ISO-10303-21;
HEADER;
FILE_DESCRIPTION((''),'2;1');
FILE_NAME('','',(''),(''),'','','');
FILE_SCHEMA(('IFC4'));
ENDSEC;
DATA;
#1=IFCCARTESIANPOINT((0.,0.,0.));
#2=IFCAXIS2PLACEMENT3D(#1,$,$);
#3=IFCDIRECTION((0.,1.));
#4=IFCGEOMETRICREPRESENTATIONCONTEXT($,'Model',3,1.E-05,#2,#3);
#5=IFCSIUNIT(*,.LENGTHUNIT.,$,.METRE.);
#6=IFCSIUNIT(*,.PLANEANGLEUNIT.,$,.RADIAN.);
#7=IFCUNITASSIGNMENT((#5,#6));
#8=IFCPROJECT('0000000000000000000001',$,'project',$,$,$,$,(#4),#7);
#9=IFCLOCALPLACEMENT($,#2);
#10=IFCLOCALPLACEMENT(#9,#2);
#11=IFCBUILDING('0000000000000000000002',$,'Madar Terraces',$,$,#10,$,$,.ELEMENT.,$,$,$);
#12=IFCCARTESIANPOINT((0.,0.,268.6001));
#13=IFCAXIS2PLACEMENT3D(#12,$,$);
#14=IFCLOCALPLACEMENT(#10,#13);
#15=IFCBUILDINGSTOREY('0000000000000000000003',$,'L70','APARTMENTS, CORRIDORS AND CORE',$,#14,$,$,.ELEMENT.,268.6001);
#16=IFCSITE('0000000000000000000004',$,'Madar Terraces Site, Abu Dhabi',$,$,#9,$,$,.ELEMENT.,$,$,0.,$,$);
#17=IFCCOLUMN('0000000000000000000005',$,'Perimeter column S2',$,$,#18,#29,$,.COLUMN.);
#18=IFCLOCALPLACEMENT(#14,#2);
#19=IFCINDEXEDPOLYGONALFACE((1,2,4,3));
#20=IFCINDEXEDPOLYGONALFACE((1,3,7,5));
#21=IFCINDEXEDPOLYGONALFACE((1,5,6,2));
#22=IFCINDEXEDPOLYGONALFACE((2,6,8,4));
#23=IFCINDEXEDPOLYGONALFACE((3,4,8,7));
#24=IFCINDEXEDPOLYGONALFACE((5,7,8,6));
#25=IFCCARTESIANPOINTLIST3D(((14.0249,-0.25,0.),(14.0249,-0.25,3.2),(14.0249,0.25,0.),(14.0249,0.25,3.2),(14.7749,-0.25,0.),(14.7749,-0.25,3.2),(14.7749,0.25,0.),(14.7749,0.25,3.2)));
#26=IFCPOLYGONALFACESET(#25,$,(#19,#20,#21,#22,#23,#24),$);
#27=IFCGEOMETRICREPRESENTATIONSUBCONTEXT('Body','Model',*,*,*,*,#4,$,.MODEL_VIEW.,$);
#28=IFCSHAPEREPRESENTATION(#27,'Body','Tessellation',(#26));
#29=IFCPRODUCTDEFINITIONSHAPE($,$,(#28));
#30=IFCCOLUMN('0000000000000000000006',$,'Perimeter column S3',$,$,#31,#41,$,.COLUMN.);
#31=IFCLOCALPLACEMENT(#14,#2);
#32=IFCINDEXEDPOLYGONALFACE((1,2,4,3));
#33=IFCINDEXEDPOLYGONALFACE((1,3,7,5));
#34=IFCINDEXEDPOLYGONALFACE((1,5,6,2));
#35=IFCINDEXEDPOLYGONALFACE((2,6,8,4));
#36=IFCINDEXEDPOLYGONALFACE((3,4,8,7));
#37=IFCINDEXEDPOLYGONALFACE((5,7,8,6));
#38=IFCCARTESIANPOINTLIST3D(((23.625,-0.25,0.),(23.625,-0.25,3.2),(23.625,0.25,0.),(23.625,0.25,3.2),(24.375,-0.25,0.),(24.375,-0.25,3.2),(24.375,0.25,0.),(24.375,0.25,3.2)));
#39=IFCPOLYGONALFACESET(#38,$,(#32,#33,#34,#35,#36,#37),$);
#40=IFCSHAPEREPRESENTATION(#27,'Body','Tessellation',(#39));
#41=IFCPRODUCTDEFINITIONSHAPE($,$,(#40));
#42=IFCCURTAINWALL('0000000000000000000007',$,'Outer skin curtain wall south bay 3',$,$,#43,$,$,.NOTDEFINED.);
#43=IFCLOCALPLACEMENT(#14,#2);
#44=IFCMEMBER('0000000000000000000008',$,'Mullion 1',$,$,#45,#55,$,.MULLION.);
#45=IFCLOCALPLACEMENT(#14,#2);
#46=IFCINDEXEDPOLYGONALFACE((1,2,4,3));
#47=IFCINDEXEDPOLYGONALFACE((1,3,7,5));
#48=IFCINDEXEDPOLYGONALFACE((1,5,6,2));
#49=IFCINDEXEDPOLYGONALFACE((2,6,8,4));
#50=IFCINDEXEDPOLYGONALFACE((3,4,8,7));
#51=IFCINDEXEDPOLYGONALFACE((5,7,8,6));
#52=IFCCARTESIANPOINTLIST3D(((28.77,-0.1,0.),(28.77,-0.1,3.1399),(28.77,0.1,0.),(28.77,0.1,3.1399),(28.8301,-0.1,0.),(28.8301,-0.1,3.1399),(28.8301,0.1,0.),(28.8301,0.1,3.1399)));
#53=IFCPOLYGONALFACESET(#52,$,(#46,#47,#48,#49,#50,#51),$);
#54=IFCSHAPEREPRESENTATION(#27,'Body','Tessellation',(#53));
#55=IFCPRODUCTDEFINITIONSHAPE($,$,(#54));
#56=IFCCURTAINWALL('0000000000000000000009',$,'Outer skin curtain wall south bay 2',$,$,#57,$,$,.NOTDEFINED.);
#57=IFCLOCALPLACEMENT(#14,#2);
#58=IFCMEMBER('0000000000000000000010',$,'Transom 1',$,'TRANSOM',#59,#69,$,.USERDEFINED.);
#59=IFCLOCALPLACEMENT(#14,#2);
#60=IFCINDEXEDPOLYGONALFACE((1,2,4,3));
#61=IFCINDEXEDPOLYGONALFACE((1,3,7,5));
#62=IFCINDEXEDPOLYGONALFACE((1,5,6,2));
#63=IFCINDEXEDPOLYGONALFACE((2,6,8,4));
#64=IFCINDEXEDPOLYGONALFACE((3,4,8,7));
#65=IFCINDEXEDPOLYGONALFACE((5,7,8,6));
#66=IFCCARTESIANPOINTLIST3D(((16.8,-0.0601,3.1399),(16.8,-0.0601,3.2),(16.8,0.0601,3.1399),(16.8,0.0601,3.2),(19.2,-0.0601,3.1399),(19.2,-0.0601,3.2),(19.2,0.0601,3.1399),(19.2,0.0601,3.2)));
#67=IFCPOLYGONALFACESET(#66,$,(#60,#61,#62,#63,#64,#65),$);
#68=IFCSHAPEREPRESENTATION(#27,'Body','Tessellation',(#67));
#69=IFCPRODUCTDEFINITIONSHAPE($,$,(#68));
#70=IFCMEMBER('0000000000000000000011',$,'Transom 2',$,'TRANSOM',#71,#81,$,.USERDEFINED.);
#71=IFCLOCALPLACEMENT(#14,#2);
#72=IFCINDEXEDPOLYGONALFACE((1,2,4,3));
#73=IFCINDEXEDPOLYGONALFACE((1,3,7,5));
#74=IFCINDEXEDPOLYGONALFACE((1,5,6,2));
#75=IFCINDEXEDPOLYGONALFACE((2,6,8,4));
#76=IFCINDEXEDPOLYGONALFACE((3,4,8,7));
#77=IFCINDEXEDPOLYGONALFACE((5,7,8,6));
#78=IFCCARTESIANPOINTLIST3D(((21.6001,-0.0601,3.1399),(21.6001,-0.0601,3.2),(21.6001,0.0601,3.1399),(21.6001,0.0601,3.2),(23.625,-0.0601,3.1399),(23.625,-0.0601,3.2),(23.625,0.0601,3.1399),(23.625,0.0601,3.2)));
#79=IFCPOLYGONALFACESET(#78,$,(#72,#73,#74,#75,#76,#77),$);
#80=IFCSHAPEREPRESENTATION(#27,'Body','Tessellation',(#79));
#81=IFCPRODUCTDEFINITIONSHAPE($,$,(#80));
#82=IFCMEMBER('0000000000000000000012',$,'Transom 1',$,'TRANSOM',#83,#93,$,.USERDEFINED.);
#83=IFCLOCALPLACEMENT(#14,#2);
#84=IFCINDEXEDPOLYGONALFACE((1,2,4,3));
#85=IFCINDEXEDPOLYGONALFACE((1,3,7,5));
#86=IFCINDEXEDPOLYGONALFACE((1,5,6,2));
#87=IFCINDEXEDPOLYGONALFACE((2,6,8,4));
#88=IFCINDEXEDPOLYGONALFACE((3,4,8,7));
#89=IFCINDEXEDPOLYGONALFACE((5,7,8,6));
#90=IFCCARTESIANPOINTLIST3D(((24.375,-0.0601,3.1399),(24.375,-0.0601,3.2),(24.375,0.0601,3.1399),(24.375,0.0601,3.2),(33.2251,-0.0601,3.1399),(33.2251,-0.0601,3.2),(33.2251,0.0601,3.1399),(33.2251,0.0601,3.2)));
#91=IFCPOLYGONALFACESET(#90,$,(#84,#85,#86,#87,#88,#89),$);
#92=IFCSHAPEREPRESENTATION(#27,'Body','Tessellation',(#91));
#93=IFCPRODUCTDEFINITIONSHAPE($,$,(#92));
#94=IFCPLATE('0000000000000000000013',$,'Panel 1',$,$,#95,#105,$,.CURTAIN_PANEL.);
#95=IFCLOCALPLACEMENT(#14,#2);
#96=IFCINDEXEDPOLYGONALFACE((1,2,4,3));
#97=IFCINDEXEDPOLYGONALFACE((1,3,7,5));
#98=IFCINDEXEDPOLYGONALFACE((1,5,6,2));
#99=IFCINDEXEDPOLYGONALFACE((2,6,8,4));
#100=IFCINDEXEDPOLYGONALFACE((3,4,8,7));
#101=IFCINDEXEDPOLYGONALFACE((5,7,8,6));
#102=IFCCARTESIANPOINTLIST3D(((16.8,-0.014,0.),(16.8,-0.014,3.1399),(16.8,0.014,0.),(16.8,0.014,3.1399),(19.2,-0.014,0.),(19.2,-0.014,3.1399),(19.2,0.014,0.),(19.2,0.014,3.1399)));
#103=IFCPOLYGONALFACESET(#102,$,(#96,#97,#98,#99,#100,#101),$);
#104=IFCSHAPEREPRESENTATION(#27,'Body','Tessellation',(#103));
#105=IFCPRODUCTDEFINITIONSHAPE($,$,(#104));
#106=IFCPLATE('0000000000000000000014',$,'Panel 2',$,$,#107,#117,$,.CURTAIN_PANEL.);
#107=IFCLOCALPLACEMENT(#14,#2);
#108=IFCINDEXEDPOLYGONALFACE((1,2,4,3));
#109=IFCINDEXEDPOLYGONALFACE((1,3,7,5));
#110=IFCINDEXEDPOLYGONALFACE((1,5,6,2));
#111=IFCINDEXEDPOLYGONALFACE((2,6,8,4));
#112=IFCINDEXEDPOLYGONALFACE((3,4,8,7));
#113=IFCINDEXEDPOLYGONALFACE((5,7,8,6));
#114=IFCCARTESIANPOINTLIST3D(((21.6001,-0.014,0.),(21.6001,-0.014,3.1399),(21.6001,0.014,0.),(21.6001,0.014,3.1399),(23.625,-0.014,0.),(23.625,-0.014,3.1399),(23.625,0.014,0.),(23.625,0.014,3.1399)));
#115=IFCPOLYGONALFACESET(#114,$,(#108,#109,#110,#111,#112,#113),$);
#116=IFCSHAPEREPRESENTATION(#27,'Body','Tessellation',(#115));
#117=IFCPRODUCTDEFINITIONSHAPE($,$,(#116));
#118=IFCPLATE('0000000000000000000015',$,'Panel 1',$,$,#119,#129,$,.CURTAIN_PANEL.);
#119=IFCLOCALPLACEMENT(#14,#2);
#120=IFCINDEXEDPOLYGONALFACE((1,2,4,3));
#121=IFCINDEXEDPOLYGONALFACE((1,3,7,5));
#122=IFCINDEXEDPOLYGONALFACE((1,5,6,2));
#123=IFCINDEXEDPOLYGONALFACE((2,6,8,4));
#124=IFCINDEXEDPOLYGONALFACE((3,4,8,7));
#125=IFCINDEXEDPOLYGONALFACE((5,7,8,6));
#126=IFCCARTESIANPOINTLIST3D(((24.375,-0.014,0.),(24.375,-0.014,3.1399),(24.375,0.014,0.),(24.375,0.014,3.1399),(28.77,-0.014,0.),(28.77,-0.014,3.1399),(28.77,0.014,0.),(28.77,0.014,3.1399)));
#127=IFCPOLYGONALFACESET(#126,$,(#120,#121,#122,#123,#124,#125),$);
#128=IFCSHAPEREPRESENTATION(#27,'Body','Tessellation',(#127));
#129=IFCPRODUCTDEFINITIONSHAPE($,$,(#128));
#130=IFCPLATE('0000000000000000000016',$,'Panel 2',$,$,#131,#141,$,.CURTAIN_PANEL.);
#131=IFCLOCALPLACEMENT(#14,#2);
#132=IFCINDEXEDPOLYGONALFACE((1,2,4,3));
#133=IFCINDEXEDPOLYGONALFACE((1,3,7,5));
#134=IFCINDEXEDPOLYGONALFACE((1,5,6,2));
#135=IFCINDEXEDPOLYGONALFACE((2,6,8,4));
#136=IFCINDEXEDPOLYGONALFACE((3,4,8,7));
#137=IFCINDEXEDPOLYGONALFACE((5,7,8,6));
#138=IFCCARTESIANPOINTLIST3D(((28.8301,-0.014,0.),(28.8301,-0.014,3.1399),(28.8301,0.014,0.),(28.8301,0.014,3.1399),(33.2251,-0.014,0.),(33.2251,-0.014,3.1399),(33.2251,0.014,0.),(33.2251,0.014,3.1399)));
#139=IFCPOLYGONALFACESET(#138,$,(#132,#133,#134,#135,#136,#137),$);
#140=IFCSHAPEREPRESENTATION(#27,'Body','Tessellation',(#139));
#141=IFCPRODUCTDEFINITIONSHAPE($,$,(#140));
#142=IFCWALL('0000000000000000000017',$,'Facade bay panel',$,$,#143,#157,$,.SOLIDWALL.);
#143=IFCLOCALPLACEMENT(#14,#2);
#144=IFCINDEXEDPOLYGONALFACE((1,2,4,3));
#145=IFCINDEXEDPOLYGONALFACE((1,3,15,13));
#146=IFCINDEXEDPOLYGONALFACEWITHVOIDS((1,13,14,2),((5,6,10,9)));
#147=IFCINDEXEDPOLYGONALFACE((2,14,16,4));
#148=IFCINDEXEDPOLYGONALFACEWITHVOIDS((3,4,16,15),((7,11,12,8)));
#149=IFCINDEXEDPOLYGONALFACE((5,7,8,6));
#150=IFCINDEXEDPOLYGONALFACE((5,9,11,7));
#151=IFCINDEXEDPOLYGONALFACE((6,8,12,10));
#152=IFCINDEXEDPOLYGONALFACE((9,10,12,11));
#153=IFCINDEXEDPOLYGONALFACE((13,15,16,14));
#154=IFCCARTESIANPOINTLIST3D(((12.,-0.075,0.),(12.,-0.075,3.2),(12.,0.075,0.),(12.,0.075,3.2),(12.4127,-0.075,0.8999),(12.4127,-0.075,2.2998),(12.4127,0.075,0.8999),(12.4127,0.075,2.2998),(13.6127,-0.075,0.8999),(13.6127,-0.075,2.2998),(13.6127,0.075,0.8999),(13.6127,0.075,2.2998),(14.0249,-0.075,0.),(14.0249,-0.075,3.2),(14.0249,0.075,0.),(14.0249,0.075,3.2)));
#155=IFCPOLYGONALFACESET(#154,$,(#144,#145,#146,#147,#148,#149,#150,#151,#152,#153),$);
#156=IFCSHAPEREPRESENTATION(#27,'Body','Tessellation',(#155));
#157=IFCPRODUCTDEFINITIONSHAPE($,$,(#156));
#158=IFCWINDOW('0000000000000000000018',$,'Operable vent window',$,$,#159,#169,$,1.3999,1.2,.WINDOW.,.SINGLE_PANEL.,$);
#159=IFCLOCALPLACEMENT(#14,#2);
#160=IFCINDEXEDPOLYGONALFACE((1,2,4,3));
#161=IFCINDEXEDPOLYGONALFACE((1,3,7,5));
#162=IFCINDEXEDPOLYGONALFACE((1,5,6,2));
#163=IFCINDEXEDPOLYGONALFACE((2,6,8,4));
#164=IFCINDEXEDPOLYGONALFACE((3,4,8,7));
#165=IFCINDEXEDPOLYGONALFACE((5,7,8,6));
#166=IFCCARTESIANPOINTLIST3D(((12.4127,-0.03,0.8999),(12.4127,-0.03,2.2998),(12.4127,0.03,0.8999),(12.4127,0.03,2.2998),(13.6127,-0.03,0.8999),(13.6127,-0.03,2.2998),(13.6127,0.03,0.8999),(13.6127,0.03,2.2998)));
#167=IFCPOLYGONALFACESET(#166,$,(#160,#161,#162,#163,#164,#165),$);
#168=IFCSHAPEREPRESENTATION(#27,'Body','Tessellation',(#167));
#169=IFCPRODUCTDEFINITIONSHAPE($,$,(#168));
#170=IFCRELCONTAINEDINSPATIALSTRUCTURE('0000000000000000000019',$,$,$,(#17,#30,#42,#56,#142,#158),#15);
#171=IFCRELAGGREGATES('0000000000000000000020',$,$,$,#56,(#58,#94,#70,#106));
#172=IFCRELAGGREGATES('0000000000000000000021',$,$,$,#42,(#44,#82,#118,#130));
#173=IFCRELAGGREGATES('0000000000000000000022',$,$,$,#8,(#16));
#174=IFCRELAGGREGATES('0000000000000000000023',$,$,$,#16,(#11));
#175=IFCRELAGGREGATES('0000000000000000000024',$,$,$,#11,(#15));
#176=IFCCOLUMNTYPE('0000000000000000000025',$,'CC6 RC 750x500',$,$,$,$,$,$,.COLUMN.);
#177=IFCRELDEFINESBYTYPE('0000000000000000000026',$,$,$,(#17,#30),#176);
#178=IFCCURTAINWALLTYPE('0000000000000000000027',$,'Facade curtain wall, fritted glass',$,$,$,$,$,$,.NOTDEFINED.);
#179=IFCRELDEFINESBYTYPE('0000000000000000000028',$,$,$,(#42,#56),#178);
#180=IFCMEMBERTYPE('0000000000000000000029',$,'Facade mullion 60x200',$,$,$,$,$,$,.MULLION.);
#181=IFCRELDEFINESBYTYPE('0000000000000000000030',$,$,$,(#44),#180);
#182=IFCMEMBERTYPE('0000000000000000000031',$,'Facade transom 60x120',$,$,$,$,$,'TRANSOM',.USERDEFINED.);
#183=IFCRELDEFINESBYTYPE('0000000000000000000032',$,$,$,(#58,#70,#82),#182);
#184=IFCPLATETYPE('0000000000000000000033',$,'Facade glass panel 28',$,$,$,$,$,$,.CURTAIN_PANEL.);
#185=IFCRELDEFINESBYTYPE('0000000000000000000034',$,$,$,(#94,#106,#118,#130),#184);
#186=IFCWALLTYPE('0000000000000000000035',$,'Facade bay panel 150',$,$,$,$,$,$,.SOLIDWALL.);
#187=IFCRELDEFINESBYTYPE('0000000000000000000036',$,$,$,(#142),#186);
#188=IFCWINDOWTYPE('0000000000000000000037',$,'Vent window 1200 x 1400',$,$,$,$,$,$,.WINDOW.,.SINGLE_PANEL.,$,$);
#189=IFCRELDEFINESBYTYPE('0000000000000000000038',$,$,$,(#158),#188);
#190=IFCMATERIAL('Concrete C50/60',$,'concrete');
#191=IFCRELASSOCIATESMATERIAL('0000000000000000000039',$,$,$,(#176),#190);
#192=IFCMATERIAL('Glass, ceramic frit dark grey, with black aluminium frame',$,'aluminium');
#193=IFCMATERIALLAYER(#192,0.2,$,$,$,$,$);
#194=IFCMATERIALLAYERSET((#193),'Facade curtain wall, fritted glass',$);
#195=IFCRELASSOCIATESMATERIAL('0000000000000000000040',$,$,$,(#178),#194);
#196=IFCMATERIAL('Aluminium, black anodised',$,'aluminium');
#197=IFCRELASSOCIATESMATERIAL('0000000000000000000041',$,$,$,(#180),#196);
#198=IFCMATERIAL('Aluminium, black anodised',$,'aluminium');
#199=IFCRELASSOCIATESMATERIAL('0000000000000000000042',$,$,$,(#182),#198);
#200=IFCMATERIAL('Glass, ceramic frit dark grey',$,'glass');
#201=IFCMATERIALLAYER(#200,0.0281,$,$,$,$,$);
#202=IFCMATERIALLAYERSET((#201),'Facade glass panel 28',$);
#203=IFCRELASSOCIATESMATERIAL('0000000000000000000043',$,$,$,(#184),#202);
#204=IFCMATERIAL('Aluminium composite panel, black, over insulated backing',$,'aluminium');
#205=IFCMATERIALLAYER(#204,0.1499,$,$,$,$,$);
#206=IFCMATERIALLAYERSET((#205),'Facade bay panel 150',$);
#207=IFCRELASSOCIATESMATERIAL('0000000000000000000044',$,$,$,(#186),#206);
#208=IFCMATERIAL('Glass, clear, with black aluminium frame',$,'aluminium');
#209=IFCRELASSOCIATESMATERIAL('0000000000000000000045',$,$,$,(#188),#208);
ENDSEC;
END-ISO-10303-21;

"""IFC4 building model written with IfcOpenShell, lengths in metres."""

from ifc_helpers import new_model, si_unit, direction, frame, frame_2d, origin, origin_2d, place, context, subcontext, project, spatial, rectangle, extrude, material, layer, layer_set, material_profile, profile_set, type_object, element, fill, aggregate, save


model = new_model("IFC4")

# Units and contexts
model_context = context("Model", 3, precision=1e-05, world=origin(), true_north=direction((0.0, 1.0)))
body_context = subcontext(model_context, "Body", "Model", "MODEL_VIEW")
ifc_project = project(units=[si_unit("LENGTHUNIT", "METRE"), si_unit("PLANEANGLEUNIT", "RADIAN")], contexts=[model_context])

# Site, building, storey
site_placement = place(None, origin())
site = spatial("IfcSite", under=ifc_project, at=site_placement, Name="Madar Terraces Site, Abu Dhabi", CompositionType="ELEMENT", RefElevation=0.0)
building_placement = place(site_placement, origin())
building = spatial("IfcBuilding", under=site, at=building_placement, Name="Madar Terraces", CompositionType="ELEMENT")
storey_placement = place(building_placement, frame((0.0, 0.0, 268.6001)))
storey = spatial("IfcBuildingStorey", under=building, at=storey_placement, Name="L70", Description="APARTMENTS, CORRIDORS AND CORE", CompositionType="ELEMENT", Elevation=268.6001)

# Columns
ifc_material_1 = material(Name="Concrete C50/60", Category="concrete")
ifc_material_profile_1 = material_profile(ifc_material_1, rectangle(XDim=0.75, YDim=0.5, at=origin_2d()), Name="CC6 RC 750x500")
ifc_profile_set_1 = profile_set([ifc_material_profile_1], Name="Concrete C50/60")
column_type = type_object("IfcColumnType", Name="CC6 RC 750x500", PredefinedType="COLUMN", material=ifc_profile_set_1)
for number, where, z_axis, x_axis, name in (
    (1, (14.3999, 0.0, 0.0), (0.0, 0.0, 1.0), (1.0, 0.0, 0.0), "Perimeter column S2"),
    (2, (24.0, 0.0, 0.0), (0.0, 0.0, 1.0), (1.0, 0.0, 0.0), "Perimeter column S3"),
):
    element("IfcColumn", number, at=place(storey_placement, frame(where, z_axis=z_axis, x_axis=x_axis)), inside=storey, type_object=column_type, Name=name, PredefinedType="COLUMN", context=body_context, shape_type="SweptSolid", body=[
        extrude(rectangle(XDim=0.75, YDim=0.5, at=origin_2d()), origin(), (0.0, 0.0, 1.0), 3.2),
    ])

# Curtain wall, member
ifc_material_2 = material(Name="Glass, ceramic frit dark grey, with black aluminium frame", Category="aluminium")
ifc_layer_1 = layer(ifc_material_2, 0.2)
ifc_layer_set_1 = layer_set([ifc_layer_1], Name="Facade curtain wall, fritted glass")
curtain_wall_type = type_object("IfcCurtainWallType", Name="Facade curtain wall, fritted glass", PredefinedType="NOTDEFINED", material=ifc_layer_set_1)
curtain_wall_1_placement = place(storey_placement, origin())
curtain_wall_1 = element("IfcCurtainWall", 3, at=curtain_wall_1_placement, inside=storey, type_object=curtain_wall_type, Name="Outer skin curtain wall south bay 3", PredefinedType="NOTDEFINED")
ifc_material_3 = material(Name="Aluminium, black anodised", Category="aluminium")
ifc_material_profile_2 = material_profile(ifc_material_3, rectangle(XDim=0.2, YDim=0.0601, at=origin_2d()), Name="Facade mullion 60x200")
ifc_profile_set_2 = profile_set([ifc_material_profile_2], Name="Aluminium, black anodised")
member_type_1 = type_object("IfcMemberType", Name="Facade mullion 60x200", PredefinedType="MULLION", material=ifc_profile_set_2)
member_1_placement = place(storey_placement, frame((28.8, 0.0, 0.0), z_axis=(0.0, 0.0, 1.0), x_axis=(0.0, 1.0, 0.0)))
member_1 = element("IfcMember", 4, at=member_1_placement, type_object=member_type_1, Name="Mullion 1", PredefinedType="MULLION", context=body_context, shape_type="SweptSolid", body=[
    extrude(rectangle(XDim=0.2, YDim=0.0601, at=origin_2d()), origin(), (0.0, 0.0, 1.0), 3.1399),
])

# Curtain wall, members
curtain_wall_2_placement = place(storey_placement, origin())
curtain_wall_2 = element("IfcCurtainWall", 5, at=curtain_wall_2_placement, inside=storey, type_object=curtain_wall_type, Name="Outer skin curtain wall south bay 2", PredefinedType="NOTDEFINED")
ifc_material_4 = material(Name="Aluminium, black anodised", Category="aluminium")
ifc_material_profile_3 = material_profile(ifc_material_4, rectangle(XDim=0.1201, YDim=0.0601, at=origin_2d()), Name="Facade transom 60x120")
ifc_profile_set_3 = profile_set([ifc_material_profile_3], Name="Aluminium, black anodised")
member_type_2 = type_object("IfcMemberType", Name="Facade transom 60x120", ElementType="TRANSOM", PredefinedType="USERDEFINED", material=ifc_profile_set_3)
member_2_placement = place(storey_placement, frame((16.8, 0.0, 3.1699), z_axis=(1.0, 0.0, 0.0), x_axis=(0.0, 1.0, 0.0)))
member_2 = element("IfcMember", 6, at=member_2_placement, type_object=member_type_2, Name="Transom 1", ObjectType="TRANSOM", PredefinedType="USERDEFINED", context=body_context, shape_type="SweptSolid", body=[
    extrude(rectangle(XDim=0.1201, YDim=0.0601, at=origin_2d()), origin(), (0.0, 0.0, 1.0), 2.3999),
])
member_3_placement = place(storey_placement, frame((21.6001, 0.0, 3.1699), z_axis=(1.0, 0.0, 0.0), x_axis=(0.0, 1.0, 0.0)))
member_3 = element("IfcMember", 7, at=member_3_placement, type_object=member_type_2, Name="Transom 2", ObjectType="TRANSOM", PredefinedType="USERDEFINED", context=body_context, shape_type="SweptSolid", body=[
    extrude(rectangle(XDim=0.1201, YDim=0.0601, at=origin_2d()), origin(), (0.0, 0.0, 1.0), 2.0249),
])

# Member
member_4_placement = place(storey_placement, frame((24.375, 0.0, 3.1699), z_axis=(1.0, 0.0, 0.0), x_axis=(0.0, 1.0, 0.0)))
member_4 = element("IfcMember", 8, at=member_4_placement, type_object=member_type_2, Name="Transom 1", ObjectType="TRANSOM", PredefinedType="USERDEFINED", context=body_context, shape_type="SweptSolid", body=[
    extrude(rectangle(XDim=0.1201, YDim=0.0601, at=origin_2d()), origin(), (0.0, 0.0, 1.0), 8.8501),
])

# Plates
ifc_material_5 = material(Name="Glass, ceramic frit dark grey", Category="glass")
ifc_layer_2 = layer(ifc_material_5, 0.0281)
ifc_layer_set_2 = layer_set([ifc_layer_2], Name="Facade glass panel 28")
plate_type = type_object("IfcPlateType", Name="Facade glass panel 28", PredefinedType="CURTAIN_PANEL", material=ifc_layer_set_2)
plate_1_placement = place(storey_placement, frame((18.0, 0.0, 0.0), z_axis=(0.0, 0.0, 1.0), x_axis=(1.0, 0.0, 0.0)))
plate_1 = element("IfcPlate", 9, at=plate_1_placement, type_object=plate_type, Name="Panel 1", PredefinedType="CURTAIN_PANEL", context=body_context, shape_type="SweptSolid", body=[
    extrude(rectangle(XDim=2.3999, YDim=0.0281, at=origin_2d()), origin(), (0.0, 0.0, 1.0), 3.1399),
])
plate_2_placement = place(storey_placement, frame((22.6125, 0.0, 0.0), z_axis=(0.0, 0.0, 1.0), x_axis=(1.0, 0.0, 0.0)))
plate_2 = element("IfcPlate", 10, at=plate_2_placement, type_object=plate_type, Name="Panel 2", PredefinedType="CURTAIN_PANEL", context=body_context, shape_type="SweptSolid", body=[
    extrude(rectangle(XDim=2.0249, YDim=0.0281, at=origin_2d()), origin(), (0.0, 0.0, 1.0), 3.1399),
])
aggregate(curtain_wall_2, [member_2, plate_1, member_3, plate_2])
plate_3_placement = place(storey_placement, frame((26.5725, 0.0, 0.0), z_axis=(0.0, 0.0, 1.0), x_axis=(1.0, 0.0, 0.0)))
plate_3 = element("IfcPlate", 11, at=plate_3_placement, type_object=plate_type, Name="Panel 1", PredefinedType="CURTAIN_PANEL", context=body_context, shape_type="SweptSolid", body=[
    extrude(rectangle(XDim=4.395, YDim=0.0281, at=origin_2d()), origin(), (0.0, 0.0, 1.0), 3.1399),
])
plate_4_placement = place(storey_placement, frame((31.0276, 0.0, 0.0), z_axis=(0.0, 0.0, 1.0), x_axis=(1.0, 0.0, 0.0)))
plate_4 = element("IfcPlate", 12, at=plate_4_placement, type_object=plate_type, Name="Panel 2", PredefinedType="CURTAIN_PANEL", context=body_context, shape_type="SweptSolid", body=[
    extrude(rectangle(XDim=4.395, YDim=0.0281, at=origin_2d()), origin(), (0.0, 0.0, 1.0), 3.1399),
])
aggregate(curtain_wall_1, [member_1, member_4, plate_3, plate_4])

# Wall, opening, window
ifc_material_6 = material(Name="Aluminium composite panel, black, over insulated backing", Category="aluminium")
ifc_layer_3 = layer(ifc_material_6, 0.1499)
ifc_layer_set_3 = layer_set([ifc_layer_3], Name="Facade bay panel 150")
wall_type_1 = type_object("IfcWallType", Name="Facade bay panel 150", PredefinedType="SOLIDWALL", material=ifc_layer_set_3)
wall_1_placement = place(storey_placement, frame((12.0, 0.0, 0.0), z_axis=(0.0, 0.0, 1.0), x_axis=(1.0, 0.0, 0.0)))
wall_1 = element("IfcWall", 13, at=wall_1_placement, inside=storey, type_object=wall_type_1, Name="Facade bay panel", PredefinedType="SOLIDWALL", context=body_context, shape_type="SweptSolid", body=[
    extrude(rectangle(XDim=2.0249, YDim=0.1499, at=frame_2d((1.0125, 0.0))), origin(), (0.0, 0.0, 1.0), 3.2),
])
opening_1_placement = place(wall_1_placement, frame((0.4126, 0.0, 0.8999)))
opening_1 = element("IfcOpeningElement", 14, at=opening_1_placement, cuts=wall_1, PredefinedType="OPENING", context=body_context, shape_type="SweptSolid", body=[
    extrude(rectangle(XDim=1.2, YDim=1.3999, at=frame_2d((0.6001, 0.7))), frame((0.0, 0.085, 0.0), z_axis=(0.0, -1.0, 0.0), x_axis=(1.0, 0.0, 0.0)), (0.0, 0.0, 1.0), 0.1699),
])
ifc_material_7 = material(Name="Glass, clear, with black aluminium frame", Category="aluminium")
window_type = type_object("IfcWindowType", Name="Vent window 1200 x 1400", PartitioningType="SINGLE_PANEL", PredefinedType="WINDOW", material=ifc_material_7)
window_1_placement = place(opening_1_placement, origin())
window_1 = element("IfcWindow", 15, at=window_1_placement, inside=storey, type_object=window_type, Name="Operable vent window", OverallHeight=1.3999, OverallWidth=1.2, PartitioningType="SINGLE_PANEL", PredefinedType="WINDOW", context=body_context, shape_type="SweptSolid", body=[
    extrude(rectangle(XDim=1.2, YDim=1.3999, at=frame_2d((0.6001, 0.7))), frame((0.0, 0.03, 0.0), z_axis=(0.0, -1.0, 0.0), x_axis=(1.0, 0.0, 0.0)), (0.0, 0.0, 1.0), 0.0601),
])
fill(opening_1, window_1)

save(model, "model.ifc")
